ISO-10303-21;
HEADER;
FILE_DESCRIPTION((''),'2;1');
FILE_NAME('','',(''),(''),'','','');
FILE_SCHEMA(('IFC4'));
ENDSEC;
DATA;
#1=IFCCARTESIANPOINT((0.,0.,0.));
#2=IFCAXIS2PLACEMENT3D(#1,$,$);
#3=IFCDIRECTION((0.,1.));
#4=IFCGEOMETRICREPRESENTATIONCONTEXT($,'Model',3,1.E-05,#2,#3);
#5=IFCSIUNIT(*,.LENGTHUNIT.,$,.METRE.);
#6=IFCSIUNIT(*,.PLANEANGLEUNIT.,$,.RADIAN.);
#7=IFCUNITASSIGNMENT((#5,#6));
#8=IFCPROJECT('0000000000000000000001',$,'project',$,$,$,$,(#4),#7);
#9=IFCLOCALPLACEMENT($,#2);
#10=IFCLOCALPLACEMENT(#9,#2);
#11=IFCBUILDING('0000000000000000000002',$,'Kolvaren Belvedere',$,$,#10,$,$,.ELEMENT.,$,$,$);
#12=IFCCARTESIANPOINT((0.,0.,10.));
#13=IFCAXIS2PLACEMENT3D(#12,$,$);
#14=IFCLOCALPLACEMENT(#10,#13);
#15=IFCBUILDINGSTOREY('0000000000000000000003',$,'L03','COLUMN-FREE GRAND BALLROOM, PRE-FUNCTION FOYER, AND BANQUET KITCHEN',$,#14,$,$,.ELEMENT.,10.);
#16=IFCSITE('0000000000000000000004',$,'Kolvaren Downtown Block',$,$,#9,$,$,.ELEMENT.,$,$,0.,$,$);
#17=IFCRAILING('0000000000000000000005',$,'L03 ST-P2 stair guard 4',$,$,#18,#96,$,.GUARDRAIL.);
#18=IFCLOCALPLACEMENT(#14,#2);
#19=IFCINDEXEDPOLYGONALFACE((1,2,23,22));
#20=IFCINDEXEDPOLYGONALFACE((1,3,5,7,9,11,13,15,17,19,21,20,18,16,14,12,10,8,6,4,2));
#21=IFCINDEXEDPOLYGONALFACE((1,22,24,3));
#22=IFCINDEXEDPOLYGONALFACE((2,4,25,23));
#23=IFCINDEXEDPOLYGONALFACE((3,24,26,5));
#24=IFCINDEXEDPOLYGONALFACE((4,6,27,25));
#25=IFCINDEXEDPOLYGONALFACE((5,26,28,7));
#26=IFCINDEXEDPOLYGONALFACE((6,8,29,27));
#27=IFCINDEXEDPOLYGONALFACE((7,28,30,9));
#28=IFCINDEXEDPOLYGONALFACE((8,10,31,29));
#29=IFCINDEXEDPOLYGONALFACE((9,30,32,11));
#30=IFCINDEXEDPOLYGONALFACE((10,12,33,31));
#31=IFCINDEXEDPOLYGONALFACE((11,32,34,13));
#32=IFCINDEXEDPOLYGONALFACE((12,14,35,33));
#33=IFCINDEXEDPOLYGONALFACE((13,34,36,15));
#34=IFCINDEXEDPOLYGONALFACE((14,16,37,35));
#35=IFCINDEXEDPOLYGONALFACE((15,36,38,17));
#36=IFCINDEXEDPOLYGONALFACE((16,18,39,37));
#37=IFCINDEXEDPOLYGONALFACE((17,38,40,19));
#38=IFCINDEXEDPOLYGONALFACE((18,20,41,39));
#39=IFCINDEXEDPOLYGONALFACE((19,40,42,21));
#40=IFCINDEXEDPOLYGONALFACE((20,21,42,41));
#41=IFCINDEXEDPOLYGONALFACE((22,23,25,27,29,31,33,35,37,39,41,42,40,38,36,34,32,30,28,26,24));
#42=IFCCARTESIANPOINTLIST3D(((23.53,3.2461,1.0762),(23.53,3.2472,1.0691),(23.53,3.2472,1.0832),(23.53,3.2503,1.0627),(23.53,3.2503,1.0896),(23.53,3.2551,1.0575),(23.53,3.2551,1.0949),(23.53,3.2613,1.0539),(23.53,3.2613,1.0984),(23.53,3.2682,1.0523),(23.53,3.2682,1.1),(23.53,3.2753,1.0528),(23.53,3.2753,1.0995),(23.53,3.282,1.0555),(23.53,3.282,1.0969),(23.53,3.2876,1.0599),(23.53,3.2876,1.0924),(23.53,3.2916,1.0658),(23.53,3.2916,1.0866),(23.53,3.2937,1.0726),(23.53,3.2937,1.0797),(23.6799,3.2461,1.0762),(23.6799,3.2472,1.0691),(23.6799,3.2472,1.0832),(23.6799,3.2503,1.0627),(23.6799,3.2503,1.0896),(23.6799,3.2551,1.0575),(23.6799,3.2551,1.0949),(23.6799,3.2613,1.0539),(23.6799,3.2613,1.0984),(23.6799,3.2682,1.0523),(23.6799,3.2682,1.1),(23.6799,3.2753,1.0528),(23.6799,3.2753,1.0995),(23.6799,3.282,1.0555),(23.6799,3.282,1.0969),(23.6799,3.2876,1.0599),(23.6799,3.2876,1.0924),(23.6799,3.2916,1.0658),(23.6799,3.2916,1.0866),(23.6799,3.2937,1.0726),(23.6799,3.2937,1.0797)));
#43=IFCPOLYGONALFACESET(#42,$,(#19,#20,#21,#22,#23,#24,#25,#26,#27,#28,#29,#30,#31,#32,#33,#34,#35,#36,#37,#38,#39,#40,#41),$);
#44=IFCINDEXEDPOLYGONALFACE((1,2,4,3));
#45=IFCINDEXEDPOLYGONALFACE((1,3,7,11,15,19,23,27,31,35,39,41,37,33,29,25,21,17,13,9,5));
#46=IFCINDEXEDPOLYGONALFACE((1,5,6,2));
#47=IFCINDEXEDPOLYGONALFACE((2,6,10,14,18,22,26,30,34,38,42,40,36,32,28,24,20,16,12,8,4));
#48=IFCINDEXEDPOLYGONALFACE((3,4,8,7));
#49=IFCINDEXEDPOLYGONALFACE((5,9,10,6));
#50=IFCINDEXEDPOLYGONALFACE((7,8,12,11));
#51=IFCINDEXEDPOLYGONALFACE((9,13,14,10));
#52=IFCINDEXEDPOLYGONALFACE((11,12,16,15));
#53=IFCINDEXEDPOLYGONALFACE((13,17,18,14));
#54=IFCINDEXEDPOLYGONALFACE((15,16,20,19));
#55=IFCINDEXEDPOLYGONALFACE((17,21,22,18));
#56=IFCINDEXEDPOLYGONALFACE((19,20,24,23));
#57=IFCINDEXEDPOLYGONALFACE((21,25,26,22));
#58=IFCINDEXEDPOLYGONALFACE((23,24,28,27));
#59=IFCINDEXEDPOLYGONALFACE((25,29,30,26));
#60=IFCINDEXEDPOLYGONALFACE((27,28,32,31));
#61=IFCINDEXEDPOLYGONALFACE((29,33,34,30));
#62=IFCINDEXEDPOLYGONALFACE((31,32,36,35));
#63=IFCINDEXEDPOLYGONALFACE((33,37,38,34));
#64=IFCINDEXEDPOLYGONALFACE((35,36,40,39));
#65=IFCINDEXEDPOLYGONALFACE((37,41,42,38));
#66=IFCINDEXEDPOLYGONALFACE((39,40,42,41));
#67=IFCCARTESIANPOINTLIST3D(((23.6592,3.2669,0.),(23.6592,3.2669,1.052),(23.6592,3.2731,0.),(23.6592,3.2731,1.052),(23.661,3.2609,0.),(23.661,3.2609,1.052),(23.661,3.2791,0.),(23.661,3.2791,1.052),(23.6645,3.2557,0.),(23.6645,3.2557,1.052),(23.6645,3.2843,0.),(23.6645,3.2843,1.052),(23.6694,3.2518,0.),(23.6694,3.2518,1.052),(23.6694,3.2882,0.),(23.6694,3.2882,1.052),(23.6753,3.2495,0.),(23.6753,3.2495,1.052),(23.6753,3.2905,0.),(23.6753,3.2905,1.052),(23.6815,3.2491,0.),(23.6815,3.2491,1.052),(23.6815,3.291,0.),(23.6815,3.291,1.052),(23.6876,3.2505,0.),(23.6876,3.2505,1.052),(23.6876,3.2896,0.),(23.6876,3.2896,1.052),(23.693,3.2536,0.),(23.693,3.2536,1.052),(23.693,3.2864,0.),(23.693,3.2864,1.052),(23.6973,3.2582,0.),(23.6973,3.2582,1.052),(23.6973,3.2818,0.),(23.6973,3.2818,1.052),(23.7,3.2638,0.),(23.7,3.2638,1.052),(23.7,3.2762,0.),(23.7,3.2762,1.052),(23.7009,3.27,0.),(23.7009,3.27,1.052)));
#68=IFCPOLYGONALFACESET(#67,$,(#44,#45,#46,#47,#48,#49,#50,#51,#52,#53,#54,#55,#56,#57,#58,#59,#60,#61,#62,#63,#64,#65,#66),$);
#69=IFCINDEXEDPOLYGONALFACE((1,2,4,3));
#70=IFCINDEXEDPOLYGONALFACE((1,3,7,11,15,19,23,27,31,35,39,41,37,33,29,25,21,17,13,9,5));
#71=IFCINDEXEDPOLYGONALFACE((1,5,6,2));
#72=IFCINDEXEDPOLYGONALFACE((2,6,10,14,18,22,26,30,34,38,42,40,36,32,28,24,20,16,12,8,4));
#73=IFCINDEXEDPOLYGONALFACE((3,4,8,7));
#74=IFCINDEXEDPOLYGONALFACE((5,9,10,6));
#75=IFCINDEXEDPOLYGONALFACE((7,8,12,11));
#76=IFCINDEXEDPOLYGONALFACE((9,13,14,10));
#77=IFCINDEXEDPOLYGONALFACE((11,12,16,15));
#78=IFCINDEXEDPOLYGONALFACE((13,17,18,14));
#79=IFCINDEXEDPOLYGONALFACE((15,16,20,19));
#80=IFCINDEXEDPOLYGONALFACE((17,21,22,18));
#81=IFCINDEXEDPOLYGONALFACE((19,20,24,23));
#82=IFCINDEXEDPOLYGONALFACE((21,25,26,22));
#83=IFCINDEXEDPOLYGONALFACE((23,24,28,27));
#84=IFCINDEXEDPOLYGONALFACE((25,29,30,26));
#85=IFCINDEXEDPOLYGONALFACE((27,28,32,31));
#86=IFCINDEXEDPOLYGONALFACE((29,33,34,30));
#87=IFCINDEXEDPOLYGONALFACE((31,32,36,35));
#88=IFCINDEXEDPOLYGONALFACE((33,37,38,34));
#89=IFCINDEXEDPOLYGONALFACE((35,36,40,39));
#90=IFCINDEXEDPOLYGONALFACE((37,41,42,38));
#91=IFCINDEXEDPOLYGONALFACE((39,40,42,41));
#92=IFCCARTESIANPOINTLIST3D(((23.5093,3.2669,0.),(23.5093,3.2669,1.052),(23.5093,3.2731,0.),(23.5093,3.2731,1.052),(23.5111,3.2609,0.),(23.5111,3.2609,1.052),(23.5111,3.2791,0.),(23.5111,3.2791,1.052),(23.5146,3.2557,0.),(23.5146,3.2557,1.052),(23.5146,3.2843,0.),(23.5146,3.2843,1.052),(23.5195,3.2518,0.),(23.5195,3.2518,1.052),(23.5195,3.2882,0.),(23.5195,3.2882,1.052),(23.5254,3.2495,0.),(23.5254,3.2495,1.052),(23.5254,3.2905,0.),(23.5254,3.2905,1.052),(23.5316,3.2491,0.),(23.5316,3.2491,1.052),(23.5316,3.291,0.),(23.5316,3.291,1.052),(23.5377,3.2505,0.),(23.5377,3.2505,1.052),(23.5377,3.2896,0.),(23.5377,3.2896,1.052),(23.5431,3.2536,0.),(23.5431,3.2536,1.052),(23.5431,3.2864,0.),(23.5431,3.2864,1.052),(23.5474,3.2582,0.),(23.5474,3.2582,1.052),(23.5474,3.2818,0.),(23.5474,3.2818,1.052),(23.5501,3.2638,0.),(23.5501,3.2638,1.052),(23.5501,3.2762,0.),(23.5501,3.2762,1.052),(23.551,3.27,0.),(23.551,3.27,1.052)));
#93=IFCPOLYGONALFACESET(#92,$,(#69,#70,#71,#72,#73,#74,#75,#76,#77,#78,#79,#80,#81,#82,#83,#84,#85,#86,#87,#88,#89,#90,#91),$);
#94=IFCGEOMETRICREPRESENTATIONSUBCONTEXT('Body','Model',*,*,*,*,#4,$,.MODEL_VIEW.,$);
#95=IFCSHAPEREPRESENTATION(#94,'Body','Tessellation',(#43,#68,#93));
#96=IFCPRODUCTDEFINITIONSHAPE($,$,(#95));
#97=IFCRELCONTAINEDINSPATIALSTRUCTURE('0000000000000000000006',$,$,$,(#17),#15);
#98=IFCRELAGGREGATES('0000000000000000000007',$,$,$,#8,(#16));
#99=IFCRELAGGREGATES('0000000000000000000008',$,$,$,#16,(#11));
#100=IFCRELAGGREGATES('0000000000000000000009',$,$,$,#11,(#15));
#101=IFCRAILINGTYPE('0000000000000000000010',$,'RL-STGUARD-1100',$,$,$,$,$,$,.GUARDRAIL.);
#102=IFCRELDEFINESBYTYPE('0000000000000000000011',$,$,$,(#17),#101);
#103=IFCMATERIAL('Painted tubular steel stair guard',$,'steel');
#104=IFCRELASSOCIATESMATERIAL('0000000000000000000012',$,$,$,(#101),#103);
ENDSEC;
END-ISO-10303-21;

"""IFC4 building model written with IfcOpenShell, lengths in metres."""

from ifc_helpers import new_model, si_unit, direction, frame, origin, origin_2d, place, context, subcontext, project, spatial, circle, extrude, material, type_object, element, save


model = new_model("IFC4")

# Units and contexts
model_context = context("Model", 3, precision=1e-05, world=origin(), true_north=direction((0.0, 1.0)))
body_context = subcontext(model_context, "Body", "Model", "MODEL_VIEW")
ifc_project = project(units=[si_unit("LENGTHUNIT", "METRE"), si_unit("PLANEANGLEUNIT", "RADIAN")], contexts=[model_context])

# Site, building, storey
site_placement = place(None, origin())
site = spatial("IfcSite", under=ifc_project, at=site_placement, Name="Kolvaren Downtown Block", CompositionType="ELEMENT", RefElevation=0.0)
building_placement = place(site_placement, origin())
building = spatial("IfcBuilding", under=site, at=building_placement, Name="Kolvaren Belvedere", CompositionType="ELEMENT")
storey_placement = place(building_placement, frame((0.0, 0.0, 10.0)))
storey = spatial("IfcBuildingStorey", under=building, at=storey_placement, Name="L03", Description="COLUMN-FREE GRAND BALLROOM, PRE-FUNCTION FOYER, AND BANQUET KITCHEN", CompositionType="ELEMENT", Elevation=10.0)

# Railing
ifc_material_1 = material(Name="Painted tubular steel stair guard", Category="steel")
railing_type_1 = type_object("IfcRailingType", Name="RL-STGUARD-1100", PredefinedType="GUARDRAIL", material=ifc_material_1)
railing_1_placement = place(storey_placement, frame((23.6799, 3.27, 0.0)))
element("IfcRailing", 1, at=railing_1_placement, inside=storey, type_object=railing_type_1, Name="L03 ST-P2 stair guard 4", PredefinedType="GUARDRAIL", context=body_context, shape_type="SweptSolid", body=[
    extrude(circle(Radius=0.0239, at=origin_2d()), frame((0.0, 0.0, 1.0762), z_axis=(-1.0, 0.0, 0.0), x_axis=(0.0, -1.0, 0.0)), (0.0, 0.0, 1.0), 0.1499),
    extrude(circle(Radius=0.021, at=origin_2d()), origin(), (0.0, 0.0, 1.0), 1.052),
    extrude(circle(Radius=0.021, at=origin_2d()), frame((-0.1499, 0.0, 0.0)), (0.0, 0.0, 1.0), 1.052),
])

save(model, "model.ifc")
